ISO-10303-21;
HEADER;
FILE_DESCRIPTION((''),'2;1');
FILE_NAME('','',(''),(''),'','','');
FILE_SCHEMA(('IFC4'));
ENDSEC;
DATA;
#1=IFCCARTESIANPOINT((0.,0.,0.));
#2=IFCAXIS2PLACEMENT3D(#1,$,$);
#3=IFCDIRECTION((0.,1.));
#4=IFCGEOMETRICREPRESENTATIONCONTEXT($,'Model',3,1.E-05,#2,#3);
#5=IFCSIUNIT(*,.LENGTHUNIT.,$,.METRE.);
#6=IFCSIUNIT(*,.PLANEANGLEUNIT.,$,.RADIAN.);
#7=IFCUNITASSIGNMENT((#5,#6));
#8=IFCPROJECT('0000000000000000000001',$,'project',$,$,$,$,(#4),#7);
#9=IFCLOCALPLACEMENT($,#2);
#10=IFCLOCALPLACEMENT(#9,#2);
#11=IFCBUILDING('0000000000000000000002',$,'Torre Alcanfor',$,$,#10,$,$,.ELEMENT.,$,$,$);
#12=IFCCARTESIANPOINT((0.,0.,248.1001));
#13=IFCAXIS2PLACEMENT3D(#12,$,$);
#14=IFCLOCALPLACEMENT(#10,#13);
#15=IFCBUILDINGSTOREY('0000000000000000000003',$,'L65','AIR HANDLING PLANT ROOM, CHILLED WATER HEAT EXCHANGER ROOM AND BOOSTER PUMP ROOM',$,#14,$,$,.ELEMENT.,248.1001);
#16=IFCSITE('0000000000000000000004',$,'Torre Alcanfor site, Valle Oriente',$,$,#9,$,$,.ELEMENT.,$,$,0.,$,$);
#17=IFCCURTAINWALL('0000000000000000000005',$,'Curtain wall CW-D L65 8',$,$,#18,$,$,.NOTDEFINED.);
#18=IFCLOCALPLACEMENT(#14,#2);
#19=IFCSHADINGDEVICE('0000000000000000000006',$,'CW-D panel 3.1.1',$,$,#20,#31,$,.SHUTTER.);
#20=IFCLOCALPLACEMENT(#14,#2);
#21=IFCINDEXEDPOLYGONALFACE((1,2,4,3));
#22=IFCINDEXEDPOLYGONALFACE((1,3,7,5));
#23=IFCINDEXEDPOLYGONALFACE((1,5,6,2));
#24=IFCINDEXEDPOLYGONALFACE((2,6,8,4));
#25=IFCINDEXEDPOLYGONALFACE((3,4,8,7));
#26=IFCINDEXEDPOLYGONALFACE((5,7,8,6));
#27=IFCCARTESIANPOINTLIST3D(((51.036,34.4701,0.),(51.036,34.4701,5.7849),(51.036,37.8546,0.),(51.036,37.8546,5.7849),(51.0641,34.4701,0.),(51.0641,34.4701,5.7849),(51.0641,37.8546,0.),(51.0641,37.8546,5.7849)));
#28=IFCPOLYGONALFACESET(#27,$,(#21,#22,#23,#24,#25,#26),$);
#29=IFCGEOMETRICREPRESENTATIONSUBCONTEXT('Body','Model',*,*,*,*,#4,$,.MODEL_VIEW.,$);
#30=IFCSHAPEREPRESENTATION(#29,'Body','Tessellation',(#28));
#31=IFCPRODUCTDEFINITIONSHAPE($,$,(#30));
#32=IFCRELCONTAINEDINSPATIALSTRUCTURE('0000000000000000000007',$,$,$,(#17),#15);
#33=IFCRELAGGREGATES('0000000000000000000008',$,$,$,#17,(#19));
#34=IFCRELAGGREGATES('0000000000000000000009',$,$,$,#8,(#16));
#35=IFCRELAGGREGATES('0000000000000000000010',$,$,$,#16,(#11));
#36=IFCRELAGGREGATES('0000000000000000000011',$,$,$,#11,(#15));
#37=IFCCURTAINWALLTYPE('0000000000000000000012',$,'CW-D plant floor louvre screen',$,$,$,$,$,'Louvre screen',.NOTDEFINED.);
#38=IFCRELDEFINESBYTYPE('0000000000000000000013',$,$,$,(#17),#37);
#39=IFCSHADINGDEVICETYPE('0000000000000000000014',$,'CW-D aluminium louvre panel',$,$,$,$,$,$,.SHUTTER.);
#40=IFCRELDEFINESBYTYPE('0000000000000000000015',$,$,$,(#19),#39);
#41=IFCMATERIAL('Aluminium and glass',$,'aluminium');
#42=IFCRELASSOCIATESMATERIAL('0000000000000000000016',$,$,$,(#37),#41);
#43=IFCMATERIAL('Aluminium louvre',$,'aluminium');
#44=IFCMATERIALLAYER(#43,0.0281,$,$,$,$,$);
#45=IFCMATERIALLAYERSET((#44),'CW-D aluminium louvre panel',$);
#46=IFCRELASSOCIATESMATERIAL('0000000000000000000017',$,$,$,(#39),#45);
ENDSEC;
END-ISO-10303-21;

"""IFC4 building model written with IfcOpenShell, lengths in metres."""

from ifc_helpers import new_model, si_unit, direction, frame, origin, origin_2d, place, context, subcontext, project, spatial, rectangle, extrude, material, layer, layer_set, type_object, element, aggregate, save


model = new_model("IFC4")

# Units and contexts
model_context = context("Model", 3, precision=1e-05, world=origin(), true_north=direction((0.0, 1.0)))
body_context = subcontext(model_context, "Body", "Model", "MODEL_VIEW")
ifc_project = project(units=[si_unit("LENGTHUNIT", "METRE"), si_unit("PLANEANGLEUNIT", "RADIAN")], contexts=[model_context])

# Site, building, storey
site_placement = place(None, origin())
site = spatial("IfcSite", under=ifc_project, at=site_placement, Name="Torre Alcanfor site, Valle Oriente", CompositionType="ELEMENT", RefElevation=0.0)
building_placement = place(site_placement, origin())
building = spatial("IfcBuilding", under=site, at=building_placement, Name="Torre Alcanfor", CompositionType="ELEMENT")
storey_placement = place(building_placement, frame((0.0, 0.0, 248.1001)))
storey = spatial("IfcBuildingStorey", under=building, at=storey_placement, Name="L65", Description="AIR HANDLING PLANT ROOM, CHILLED WATER HEAT EXCHANGER ROOM AND BOOSTER PUMP ROOM", CompositionType="ELEMENT", Elevation=248.1001)

# Curtain wall
ifc_material_1 = material(Name="Aluminium and glass", Category="aluminium")
curtain_wall_type = type_object("IfcCurtainWallType", Name="CW-D plant floor louvre screen", ElementType="Louvre screen", PredefinedType="NOTDEFINED", material=ifc_material_1)
curtain_wall_placement = place(storey_placement, origin())
curtain_wall = element("IfcCurtainWall", 1, at=curtain_wall_placement, inside=storey, type_object=curtain_wall_type, Name="Curtain wall CW-D L65 8", PredefinedType="NOTDEFINED")

# Shading device
ifc_material_2 = material(Name="Aluminium louvre", Category="aluminium")
ifc_layer_1 = layer(ifc_material_2, 0.0281)
ifc_layer_set_1 = layer_set([ifc_layer_1], Name="CW-D aluminium louvre panel")
shading_device_type = type_object("IfcShadingDeviceType", Name="CW-D aluminium louvre panel", PredefinedType="SHUTTER", material=ifc_layer_set_1)
shading_device_1_placement = place(storey_placement, frame((51.05, 36.1624, 0.0), z_axis=(0.0, 0.0, 1.0), x_axis=(0.0, 1.0, 0.0)))
shading_device_1 = element("IfcShadingDevice", 2, at=shading_device_1_placement, type_object=shading_device_type, Name="CW-D panel 3.1.1", PredefinedType="SHUTTER", context=body_context, shape_type="SweptSolid", body=[
    extrude(rectangle(XDim=3.3845, YDim=0.0281, at=origin_2d()), origin(), (0.0, 0.0, 1.0), 5.7849),
])
aggregate(curtain_wall, [shading_device_1])

save(model, "model.ifc")
